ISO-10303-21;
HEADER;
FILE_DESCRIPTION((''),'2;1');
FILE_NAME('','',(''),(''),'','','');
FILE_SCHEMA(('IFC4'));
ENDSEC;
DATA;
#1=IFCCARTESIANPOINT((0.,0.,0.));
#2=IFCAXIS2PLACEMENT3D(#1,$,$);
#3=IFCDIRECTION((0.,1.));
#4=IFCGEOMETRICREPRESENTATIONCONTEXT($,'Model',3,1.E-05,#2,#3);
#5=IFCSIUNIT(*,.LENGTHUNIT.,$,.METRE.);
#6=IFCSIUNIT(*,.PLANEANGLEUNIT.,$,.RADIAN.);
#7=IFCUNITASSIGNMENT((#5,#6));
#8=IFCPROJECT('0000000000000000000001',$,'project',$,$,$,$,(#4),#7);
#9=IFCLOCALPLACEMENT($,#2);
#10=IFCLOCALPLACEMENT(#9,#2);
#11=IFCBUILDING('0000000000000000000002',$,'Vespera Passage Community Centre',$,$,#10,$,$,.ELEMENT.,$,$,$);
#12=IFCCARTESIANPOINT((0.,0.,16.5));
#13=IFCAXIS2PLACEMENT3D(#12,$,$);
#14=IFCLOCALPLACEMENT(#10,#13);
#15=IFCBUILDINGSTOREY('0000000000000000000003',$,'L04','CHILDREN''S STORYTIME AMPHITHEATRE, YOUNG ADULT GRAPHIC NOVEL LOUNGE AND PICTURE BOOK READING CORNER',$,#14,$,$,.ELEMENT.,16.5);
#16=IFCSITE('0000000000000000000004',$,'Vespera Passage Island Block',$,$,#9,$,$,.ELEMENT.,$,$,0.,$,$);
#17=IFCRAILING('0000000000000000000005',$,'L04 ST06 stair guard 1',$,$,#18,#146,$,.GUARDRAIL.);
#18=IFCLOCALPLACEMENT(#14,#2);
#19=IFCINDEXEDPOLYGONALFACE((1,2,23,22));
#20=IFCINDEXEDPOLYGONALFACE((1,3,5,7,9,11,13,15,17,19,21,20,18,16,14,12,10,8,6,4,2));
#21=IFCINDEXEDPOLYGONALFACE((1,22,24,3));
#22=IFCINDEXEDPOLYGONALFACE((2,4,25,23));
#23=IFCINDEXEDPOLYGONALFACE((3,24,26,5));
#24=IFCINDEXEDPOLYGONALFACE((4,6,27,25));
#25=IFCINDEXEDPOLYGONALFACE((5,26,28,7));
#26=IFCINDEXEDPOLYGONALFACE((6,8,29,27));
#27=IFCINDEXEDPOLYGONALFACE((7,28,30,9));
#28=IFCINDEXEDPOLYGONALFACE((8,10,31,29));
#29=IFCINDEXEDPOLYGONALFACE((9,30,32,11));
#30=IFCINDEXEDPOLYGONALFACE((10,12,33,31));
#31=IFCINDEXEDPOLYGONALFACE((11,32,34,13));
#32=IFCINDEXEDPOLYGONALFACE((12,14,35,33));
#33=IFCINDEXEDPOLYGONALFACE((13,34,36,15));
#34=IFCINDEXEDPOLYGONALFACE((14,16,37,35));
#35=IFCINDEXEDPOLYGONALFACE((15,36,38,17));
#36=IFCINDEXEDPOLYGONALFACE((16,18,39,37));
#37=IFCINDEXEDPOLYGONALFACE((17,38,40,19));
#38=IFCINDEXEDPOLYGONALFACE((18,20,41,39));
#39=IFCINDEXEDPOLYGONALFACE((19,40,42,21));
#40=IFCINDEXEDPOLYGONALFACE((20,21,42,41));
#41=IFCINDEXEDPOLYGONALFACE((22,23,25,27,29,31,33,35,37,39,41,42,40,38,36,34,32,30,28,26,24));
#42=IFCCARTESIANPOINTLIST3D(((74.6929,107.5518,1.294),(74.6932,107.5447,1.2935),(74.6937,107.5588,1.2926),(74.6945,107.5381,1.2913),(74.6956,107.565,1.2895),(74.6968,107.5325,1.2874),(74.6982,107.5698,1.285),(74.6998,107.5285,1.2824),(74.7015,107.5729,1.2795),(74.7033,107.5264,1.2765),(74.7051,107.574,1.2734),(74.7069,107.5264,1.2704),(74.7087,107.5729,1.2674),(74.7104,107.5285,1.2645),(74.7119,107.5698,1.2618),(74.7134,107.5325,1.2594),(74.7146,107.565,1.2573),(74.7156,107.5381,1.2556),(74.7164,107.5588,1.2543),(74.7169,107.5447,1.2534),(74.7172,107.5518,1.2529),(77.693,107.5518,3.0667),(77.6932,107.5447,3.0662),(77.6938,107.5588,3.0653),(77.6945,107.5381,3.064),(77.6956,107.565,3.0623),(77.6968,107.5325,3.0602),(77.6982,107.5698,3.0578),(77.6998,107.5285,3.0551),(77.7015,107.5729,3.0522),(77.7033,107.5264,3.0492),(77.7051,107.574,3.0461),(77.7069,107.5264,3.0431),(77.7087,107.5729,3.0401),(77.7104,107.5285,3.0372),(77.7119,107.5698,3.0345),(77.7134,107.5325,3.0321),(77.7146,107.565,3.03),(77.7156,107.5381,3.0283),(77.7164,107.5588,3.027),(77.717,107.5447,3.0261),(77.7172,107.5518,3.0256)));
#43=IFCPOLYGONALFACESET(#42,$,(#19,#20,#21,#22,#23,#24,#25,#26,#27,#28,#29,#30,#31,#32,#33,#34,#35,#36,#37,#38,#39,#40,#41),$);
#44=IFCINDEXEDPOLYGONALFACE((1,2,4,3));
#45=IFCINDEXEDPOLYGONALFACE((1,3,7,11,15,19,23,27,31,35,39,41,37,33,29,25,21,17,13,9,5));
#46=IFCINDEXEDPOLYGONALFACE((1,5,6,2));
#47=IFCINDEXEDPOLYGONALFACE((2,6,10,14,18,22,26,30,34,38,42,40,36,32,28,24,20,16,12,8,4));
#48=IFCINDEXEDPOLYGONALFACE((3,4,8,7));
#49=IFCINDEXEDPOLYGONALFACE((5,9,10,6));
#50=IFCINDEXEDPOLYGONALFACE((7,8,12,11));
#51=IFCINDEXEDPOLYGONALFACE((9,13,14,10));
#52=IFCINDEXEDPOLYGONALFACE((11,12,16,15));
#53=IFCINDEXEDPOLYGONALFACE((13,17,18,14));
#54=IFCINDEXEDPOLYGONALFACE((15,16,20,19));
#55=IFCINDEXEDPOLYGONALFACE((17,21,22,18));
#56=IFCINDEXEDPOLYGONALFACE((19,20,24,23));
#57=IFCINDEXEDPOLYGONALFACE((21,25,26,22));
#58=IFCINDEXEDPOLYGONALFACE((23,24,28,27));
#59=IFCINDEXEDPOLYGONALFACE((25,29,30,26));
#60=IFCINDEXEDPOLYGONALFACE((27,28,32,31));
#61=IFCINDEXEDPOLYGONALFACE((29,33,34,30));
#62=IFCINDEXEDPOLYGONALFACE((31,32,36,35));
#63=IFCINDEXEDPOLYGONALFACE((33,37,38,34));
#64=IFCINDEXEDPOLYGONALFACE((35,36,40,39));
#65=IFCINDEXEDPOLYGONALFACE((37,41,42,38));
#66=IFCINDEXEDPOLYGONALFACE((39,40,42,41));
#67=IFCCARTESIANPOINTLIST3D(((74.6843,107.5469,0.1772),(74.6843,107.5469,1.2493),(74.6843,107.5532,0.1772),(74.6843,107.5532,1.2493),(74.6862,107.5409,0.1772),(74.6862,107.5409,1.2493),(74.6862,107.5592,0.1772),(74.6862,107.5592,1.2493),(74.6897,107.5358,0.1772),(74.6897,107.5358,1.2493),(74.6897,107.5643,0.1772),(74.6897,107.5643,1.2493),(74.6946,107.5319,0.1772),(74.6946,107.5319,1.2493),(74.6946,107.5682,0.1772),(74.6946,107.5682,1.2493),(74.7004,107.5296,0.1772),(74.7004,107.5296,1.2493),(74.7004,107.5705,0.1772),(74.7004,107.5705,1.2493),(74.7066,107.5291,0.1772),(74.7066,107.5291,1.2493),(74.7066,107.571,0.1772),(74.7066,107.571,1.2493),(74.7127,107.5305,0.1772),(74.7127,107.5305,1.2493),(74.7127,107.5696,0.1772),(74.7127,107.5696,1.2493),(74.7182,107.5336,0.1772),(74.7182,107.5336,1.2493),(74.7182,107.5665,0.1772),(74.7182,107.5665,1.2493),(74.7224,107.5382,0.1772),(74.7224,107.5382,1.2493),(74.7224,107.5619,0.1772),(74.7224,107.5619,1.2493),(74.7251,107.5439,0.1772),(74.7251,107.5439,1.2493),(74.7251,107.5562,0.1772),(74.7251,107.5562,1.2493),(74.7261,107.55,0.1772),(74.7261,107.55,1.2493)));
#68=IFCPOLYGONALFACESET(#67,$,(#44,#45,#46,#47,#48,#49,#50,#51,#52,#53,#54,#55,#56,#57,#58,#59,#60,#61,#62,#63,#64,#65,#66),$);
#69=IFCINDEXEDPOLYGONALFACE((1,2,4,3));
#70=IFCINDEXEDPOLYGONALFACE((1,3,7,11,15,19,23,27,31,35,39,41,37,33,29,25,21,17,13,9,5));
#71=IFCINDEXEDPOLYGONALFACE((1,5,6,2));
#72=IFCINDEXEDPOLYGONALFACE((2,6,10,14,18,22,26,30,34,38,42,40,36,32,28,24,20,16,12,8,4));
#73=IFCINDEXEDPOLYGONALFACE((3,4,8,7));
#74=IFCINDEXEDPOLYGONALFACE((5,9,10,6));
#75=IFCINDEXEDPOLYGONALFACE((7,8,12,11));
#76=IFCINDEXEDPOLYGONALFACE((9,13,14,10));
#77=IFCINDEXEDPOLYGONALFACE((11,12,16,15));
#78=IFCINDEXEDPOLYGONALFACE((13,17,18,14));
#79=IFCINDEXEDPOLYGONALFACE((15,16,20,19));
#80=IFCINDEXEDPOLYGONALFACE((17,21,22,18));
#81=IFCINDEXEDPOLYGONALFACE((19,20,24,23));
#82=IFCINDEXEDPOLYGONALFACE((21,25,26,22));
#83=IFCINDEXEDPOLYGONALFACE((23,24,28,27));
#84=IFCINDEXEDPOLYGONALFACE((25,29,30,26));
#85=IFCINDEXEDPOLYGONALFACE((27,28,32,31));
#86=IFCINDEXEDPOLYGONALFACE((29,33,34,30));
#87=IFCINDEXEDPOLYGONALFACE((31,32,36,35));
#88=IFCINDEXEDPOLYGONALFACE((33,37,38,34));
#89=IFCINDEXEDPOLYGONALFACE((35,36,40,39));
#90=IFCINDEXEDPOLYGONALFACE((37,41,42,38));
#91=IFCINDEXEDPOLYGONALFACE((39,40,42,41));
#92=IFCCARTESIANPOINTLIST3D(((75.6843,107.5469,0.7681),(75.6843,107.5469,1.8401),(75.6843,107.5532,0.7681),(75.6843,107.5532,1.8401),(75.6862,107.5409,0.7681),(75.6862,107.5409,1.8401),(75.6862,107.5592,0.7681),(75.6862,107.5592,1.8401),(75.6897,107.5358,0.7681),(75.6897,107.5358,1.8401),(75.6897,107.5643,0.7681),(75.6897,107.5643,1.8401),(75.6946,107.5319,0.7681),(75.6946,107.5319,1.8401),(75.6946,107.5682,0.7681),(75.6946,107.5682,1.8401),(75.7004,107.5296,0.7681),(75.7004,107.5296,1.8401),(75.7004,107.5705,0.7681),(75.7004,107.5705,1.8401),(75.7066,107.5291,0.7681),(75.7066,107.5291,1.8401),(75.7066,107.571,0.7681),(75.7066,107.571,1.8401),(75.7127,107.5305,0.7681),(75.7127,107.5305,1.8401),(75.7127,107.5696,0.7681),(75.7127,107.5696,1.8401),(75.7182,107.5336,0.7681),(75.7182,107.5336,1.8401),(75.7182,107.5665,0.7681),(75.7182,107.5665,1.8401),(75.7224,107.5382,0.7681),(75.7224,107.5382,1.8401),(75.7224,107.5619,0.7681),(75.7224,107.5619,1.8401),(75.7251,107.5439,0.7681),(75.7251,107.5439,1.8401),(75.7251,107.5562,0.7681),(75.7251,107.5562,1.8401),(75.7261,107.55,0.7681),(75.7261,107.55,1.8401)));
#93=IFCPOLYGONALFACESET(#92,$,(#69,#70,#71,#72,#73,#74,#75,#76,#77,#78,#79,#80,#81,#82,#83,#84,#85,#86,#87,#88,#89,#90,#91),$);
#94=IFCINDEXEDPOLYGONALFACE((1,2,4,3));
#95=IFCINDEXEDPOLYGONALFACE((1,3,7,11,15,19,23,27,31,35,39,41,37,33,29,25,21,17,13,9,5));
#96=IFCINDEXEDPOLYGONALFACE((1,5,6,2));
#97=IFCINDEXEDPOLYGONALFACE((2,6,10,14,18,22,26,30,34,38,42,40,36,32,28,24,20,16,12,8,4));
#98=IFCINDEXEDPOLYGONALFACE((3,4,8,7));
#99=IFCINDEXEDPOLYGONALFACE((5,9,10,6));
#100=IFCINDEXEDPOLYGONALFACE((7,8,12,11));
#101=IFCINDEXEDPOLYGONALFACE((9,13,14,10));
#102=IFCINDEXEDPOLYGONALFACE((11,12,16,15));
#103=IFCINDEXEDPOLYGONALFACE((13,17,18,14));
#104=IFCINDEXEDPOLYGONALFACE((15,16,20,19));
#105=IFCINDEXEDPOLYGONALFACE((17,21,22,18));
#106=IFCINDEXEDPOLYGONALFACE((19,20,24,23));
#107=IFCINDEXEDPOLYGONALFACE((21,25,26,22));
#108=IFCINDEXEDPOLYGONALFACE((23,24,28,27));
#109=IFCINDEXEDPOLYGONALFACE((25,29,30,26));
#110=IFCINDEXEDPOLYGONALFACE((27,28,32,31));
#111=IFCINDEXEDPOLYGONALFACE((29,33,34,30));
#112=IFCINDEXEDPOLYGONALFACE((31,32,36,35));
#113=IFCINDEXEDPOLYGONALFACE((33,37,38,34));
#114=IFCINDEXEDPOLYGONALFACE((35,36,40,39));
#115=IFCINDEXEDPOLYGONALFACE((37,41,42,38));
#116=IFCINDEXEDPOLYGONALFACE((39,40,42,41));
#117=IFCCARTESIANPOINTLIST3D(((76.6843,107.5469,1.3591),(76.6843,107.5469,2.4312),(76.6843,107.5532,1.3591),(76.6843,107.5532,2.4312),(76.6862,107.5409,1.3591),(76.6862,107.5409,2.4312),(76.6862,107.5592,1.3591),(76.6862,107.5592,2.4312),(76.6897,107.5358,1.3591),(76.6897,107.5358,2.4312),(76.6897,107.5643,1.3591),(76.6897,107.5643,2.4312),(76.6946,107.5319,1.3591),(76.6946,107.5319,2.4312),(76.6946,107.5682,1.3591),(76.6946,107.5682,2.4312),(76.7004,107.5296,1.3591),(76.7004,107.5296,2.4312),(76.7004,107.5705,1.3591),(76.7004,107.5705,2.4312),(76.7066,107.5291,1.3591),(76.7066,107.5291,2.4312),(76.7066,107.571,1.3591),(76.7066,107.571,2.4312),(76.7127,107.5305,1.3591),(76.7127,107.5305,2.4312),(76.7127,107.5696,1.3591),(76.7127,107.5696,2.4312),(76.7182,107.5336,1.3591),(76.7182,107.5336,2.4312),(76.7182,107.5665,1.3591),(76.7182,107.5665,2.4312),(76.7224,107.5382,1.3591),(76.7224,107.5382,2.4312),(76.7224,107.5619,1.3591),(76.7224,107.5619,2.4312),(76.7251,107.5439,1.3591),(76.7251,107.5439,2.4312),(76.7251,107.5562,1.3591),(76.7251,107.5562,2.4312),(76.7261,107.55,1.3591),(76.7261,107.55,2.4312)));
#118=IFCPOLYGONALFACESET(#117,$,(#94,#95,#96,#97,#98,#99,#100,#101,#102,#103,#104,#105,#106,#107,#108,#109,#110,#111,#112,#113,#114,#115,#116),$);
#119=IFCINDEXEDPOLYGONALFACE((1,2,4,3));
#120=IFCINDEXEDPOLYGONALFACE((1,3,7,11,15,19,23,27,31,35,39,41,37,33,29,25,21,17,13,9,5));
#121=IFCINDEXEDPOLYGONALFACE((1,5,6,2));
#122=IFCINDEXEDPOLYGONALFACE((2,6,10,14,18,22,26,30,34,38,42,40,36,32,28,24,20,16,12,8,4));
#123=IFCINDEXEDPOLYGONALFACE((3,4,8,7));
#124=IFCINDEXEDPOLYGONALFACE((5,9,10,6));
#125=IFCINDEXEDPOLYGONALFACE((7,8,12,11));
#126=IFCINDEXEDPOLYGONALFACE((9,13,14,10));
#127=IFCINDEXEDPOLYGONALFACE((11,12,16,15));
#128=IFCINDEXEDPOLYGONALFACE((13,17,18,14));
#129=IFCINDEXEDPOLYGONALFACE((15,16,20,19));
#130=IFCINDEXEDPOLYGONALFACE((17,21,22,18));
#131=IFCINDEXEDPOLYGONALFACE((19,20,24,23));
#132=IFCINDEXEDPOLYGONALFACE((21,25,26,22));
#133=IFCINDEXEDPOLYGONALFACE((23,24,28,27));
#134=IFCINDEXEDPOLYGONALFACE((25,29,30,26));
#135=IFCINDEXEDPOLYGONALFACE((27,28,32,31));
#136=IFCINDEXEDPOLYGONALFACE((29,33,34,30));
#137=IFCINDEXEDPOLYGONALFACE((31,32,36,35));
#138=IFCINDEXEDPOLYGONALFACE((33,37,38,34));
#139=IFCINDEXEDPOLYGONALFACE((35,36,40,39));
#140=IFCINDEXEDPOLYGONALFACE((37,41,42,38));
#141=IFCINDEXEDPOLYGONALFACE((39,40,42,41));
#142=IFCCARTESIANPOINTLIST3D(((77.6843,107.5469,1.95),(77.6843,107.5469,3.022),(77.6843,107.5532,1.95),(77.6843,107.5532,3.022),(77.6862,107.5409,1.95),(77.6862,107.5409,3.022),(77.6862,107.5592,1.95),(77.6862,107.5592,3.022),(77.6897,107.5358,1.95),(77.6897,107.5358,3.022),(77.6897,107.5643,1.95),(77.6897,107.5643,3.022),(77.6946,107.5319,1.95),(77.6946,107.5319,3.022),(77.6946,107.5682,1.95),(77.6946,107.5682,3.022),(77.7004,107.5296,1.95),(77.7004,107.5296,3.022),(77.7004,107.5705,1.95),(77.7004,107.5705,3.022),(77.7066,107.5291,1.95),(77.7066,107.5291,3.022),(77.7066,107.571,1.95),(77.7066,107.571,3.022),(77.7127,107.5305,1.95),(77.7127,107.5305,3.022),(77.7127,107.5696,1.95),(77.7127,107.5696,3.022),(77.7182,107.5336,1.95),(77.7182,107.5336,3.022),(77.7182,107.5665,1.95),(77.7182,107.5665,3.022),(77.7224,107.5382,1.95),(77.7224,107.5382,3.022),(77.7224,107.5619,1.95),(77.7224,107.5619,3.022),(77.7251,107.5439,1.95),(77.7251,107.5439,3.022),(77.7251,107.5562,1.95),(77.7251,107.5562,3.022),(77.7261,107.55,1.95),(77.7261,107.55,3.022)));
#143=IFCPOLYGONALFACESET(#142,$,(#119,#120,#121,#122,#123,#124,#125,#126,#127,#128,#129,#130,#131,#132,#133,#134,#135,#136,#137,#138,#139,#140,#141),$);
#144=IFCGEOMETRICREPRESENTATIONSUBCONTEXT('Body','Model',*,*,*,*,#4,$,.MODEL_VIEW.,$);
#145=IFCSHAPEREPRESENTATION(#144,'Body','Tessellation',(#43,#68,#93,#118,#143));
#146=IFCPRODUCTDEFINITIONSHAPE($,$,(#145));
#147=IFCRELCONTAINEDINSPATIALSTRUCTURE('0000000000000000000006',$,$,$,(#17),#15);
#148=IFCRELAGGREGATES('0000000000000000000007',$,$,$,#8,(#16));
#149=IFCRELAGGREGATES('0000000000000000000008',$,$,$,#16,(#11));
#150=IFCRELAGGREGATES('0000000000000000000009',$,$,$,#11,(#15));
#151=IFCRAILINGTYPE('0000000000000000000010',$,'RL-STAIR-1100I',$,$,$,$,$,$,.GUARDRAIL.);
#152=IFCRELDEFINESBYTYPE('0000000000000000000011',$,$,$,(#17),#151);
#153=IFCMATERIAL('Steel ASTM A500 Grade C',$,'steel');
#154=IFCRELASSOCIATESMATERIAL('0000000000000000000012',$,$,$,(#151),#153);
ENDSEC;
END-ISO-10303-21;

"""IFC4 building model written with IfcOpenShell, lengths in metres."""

from ifc_helpers import new_model, si_unit, direction, frame, origin, origin_2d, place, context, subcontext, project, spatial, circle, extrude, material, type_object, element, save


model = new_model("IFC4")

# Units and contexts
model_context = context("Model", 3, precision=1e-05, world=origin(), true_north=direction((0.0, 1.0)))
body_context = subcontext(model_context, "Body", "Model", "MODEL_VIEW")
ifc_project = project(units=[si_unit("LENGTHUNIT", "METRE"), si_unit("PLANEANGLEUNIT", "RADIAN")], contexts=[model_context])

# Site, building, storey
site_placement = place(None, origin())
site = spatial("IfcSite", under=ifc_project, at=site_placement, Name="Vespera Passage Island Block", CompositionType="ELEMENT", RefElevation=0.0)
building_placement = place(site_placement, origin())
building = spatial("IfcBuilding", under=site, at=building_placement, Name="Vespera Passage Community Centre", CompositionType="ELEMENT")
storey_placement = place(building_placement, frame((0.0, 0.0, 16.5)))
storey = spatial("IfcBuildingStorey", under=building, at=storey_placement, Name="L04", Description="CHILDREN'S STORYTIME AMPHITHEATRE, YOUNG ADULT GRAPHIC NOVEL LOUNGE AND PICTURE BOOK READING CORNER", CompositionType="ELEMENT", Elevation=16.5)

# Railing
ifc_material_1 = material(Name="Steel ASTM A500 Grade C", Category="steel")
railing_type_1 = type_object("IfcRailingType", Name="RL-STAIR-1100I", PredefinedType="GUARDRAIL", material=ifc_material_1)
railing_1_placement = place(storey_placement, frame((74.7051, 107.55, 0.1772)))
element("IfcRailing", 1, at=railing_1_placement, inside=storey, type_object=railing_type_1, Name="L04 ST06 stair guard 1", PredefinedType="GUARDRAIL", context=body_context, shape_type="SweptSolid", body=[
    extrude(circle(Radius=0.0239, at=origin_2d()), frame((0.0, 0.0, 1.0962), z_axis=(0.860929, 0.0, 0.508725), x_axis=(0.0, 1.0, 0.0)), (0.0, 0.0, 1.0), 3.4846),
    extrude(circle(Radius=0.021, at=origin_2d()), origin(), (0.0, 0.0, 1.0), 1.072),
    extrude(circle(Radius=0.021, at=origin_2d()), frame((1.0, 0.0, 0.5908)), (0.0, 0.0, 1.0), 1.072),
    extrude(circle(Radius=0.021, at=origin_2d()), frame((2.0, 0.0, 1.1819)), (0.0, 0.0, 1.0), 1.072),
    extrude(circle(Radius=0.021, at=origin_2d()), frame((3.0, 0.0, 1.7727)), (0.0, 0.0, 1.0), 1.072),
])

save(model, "model.ifc")
